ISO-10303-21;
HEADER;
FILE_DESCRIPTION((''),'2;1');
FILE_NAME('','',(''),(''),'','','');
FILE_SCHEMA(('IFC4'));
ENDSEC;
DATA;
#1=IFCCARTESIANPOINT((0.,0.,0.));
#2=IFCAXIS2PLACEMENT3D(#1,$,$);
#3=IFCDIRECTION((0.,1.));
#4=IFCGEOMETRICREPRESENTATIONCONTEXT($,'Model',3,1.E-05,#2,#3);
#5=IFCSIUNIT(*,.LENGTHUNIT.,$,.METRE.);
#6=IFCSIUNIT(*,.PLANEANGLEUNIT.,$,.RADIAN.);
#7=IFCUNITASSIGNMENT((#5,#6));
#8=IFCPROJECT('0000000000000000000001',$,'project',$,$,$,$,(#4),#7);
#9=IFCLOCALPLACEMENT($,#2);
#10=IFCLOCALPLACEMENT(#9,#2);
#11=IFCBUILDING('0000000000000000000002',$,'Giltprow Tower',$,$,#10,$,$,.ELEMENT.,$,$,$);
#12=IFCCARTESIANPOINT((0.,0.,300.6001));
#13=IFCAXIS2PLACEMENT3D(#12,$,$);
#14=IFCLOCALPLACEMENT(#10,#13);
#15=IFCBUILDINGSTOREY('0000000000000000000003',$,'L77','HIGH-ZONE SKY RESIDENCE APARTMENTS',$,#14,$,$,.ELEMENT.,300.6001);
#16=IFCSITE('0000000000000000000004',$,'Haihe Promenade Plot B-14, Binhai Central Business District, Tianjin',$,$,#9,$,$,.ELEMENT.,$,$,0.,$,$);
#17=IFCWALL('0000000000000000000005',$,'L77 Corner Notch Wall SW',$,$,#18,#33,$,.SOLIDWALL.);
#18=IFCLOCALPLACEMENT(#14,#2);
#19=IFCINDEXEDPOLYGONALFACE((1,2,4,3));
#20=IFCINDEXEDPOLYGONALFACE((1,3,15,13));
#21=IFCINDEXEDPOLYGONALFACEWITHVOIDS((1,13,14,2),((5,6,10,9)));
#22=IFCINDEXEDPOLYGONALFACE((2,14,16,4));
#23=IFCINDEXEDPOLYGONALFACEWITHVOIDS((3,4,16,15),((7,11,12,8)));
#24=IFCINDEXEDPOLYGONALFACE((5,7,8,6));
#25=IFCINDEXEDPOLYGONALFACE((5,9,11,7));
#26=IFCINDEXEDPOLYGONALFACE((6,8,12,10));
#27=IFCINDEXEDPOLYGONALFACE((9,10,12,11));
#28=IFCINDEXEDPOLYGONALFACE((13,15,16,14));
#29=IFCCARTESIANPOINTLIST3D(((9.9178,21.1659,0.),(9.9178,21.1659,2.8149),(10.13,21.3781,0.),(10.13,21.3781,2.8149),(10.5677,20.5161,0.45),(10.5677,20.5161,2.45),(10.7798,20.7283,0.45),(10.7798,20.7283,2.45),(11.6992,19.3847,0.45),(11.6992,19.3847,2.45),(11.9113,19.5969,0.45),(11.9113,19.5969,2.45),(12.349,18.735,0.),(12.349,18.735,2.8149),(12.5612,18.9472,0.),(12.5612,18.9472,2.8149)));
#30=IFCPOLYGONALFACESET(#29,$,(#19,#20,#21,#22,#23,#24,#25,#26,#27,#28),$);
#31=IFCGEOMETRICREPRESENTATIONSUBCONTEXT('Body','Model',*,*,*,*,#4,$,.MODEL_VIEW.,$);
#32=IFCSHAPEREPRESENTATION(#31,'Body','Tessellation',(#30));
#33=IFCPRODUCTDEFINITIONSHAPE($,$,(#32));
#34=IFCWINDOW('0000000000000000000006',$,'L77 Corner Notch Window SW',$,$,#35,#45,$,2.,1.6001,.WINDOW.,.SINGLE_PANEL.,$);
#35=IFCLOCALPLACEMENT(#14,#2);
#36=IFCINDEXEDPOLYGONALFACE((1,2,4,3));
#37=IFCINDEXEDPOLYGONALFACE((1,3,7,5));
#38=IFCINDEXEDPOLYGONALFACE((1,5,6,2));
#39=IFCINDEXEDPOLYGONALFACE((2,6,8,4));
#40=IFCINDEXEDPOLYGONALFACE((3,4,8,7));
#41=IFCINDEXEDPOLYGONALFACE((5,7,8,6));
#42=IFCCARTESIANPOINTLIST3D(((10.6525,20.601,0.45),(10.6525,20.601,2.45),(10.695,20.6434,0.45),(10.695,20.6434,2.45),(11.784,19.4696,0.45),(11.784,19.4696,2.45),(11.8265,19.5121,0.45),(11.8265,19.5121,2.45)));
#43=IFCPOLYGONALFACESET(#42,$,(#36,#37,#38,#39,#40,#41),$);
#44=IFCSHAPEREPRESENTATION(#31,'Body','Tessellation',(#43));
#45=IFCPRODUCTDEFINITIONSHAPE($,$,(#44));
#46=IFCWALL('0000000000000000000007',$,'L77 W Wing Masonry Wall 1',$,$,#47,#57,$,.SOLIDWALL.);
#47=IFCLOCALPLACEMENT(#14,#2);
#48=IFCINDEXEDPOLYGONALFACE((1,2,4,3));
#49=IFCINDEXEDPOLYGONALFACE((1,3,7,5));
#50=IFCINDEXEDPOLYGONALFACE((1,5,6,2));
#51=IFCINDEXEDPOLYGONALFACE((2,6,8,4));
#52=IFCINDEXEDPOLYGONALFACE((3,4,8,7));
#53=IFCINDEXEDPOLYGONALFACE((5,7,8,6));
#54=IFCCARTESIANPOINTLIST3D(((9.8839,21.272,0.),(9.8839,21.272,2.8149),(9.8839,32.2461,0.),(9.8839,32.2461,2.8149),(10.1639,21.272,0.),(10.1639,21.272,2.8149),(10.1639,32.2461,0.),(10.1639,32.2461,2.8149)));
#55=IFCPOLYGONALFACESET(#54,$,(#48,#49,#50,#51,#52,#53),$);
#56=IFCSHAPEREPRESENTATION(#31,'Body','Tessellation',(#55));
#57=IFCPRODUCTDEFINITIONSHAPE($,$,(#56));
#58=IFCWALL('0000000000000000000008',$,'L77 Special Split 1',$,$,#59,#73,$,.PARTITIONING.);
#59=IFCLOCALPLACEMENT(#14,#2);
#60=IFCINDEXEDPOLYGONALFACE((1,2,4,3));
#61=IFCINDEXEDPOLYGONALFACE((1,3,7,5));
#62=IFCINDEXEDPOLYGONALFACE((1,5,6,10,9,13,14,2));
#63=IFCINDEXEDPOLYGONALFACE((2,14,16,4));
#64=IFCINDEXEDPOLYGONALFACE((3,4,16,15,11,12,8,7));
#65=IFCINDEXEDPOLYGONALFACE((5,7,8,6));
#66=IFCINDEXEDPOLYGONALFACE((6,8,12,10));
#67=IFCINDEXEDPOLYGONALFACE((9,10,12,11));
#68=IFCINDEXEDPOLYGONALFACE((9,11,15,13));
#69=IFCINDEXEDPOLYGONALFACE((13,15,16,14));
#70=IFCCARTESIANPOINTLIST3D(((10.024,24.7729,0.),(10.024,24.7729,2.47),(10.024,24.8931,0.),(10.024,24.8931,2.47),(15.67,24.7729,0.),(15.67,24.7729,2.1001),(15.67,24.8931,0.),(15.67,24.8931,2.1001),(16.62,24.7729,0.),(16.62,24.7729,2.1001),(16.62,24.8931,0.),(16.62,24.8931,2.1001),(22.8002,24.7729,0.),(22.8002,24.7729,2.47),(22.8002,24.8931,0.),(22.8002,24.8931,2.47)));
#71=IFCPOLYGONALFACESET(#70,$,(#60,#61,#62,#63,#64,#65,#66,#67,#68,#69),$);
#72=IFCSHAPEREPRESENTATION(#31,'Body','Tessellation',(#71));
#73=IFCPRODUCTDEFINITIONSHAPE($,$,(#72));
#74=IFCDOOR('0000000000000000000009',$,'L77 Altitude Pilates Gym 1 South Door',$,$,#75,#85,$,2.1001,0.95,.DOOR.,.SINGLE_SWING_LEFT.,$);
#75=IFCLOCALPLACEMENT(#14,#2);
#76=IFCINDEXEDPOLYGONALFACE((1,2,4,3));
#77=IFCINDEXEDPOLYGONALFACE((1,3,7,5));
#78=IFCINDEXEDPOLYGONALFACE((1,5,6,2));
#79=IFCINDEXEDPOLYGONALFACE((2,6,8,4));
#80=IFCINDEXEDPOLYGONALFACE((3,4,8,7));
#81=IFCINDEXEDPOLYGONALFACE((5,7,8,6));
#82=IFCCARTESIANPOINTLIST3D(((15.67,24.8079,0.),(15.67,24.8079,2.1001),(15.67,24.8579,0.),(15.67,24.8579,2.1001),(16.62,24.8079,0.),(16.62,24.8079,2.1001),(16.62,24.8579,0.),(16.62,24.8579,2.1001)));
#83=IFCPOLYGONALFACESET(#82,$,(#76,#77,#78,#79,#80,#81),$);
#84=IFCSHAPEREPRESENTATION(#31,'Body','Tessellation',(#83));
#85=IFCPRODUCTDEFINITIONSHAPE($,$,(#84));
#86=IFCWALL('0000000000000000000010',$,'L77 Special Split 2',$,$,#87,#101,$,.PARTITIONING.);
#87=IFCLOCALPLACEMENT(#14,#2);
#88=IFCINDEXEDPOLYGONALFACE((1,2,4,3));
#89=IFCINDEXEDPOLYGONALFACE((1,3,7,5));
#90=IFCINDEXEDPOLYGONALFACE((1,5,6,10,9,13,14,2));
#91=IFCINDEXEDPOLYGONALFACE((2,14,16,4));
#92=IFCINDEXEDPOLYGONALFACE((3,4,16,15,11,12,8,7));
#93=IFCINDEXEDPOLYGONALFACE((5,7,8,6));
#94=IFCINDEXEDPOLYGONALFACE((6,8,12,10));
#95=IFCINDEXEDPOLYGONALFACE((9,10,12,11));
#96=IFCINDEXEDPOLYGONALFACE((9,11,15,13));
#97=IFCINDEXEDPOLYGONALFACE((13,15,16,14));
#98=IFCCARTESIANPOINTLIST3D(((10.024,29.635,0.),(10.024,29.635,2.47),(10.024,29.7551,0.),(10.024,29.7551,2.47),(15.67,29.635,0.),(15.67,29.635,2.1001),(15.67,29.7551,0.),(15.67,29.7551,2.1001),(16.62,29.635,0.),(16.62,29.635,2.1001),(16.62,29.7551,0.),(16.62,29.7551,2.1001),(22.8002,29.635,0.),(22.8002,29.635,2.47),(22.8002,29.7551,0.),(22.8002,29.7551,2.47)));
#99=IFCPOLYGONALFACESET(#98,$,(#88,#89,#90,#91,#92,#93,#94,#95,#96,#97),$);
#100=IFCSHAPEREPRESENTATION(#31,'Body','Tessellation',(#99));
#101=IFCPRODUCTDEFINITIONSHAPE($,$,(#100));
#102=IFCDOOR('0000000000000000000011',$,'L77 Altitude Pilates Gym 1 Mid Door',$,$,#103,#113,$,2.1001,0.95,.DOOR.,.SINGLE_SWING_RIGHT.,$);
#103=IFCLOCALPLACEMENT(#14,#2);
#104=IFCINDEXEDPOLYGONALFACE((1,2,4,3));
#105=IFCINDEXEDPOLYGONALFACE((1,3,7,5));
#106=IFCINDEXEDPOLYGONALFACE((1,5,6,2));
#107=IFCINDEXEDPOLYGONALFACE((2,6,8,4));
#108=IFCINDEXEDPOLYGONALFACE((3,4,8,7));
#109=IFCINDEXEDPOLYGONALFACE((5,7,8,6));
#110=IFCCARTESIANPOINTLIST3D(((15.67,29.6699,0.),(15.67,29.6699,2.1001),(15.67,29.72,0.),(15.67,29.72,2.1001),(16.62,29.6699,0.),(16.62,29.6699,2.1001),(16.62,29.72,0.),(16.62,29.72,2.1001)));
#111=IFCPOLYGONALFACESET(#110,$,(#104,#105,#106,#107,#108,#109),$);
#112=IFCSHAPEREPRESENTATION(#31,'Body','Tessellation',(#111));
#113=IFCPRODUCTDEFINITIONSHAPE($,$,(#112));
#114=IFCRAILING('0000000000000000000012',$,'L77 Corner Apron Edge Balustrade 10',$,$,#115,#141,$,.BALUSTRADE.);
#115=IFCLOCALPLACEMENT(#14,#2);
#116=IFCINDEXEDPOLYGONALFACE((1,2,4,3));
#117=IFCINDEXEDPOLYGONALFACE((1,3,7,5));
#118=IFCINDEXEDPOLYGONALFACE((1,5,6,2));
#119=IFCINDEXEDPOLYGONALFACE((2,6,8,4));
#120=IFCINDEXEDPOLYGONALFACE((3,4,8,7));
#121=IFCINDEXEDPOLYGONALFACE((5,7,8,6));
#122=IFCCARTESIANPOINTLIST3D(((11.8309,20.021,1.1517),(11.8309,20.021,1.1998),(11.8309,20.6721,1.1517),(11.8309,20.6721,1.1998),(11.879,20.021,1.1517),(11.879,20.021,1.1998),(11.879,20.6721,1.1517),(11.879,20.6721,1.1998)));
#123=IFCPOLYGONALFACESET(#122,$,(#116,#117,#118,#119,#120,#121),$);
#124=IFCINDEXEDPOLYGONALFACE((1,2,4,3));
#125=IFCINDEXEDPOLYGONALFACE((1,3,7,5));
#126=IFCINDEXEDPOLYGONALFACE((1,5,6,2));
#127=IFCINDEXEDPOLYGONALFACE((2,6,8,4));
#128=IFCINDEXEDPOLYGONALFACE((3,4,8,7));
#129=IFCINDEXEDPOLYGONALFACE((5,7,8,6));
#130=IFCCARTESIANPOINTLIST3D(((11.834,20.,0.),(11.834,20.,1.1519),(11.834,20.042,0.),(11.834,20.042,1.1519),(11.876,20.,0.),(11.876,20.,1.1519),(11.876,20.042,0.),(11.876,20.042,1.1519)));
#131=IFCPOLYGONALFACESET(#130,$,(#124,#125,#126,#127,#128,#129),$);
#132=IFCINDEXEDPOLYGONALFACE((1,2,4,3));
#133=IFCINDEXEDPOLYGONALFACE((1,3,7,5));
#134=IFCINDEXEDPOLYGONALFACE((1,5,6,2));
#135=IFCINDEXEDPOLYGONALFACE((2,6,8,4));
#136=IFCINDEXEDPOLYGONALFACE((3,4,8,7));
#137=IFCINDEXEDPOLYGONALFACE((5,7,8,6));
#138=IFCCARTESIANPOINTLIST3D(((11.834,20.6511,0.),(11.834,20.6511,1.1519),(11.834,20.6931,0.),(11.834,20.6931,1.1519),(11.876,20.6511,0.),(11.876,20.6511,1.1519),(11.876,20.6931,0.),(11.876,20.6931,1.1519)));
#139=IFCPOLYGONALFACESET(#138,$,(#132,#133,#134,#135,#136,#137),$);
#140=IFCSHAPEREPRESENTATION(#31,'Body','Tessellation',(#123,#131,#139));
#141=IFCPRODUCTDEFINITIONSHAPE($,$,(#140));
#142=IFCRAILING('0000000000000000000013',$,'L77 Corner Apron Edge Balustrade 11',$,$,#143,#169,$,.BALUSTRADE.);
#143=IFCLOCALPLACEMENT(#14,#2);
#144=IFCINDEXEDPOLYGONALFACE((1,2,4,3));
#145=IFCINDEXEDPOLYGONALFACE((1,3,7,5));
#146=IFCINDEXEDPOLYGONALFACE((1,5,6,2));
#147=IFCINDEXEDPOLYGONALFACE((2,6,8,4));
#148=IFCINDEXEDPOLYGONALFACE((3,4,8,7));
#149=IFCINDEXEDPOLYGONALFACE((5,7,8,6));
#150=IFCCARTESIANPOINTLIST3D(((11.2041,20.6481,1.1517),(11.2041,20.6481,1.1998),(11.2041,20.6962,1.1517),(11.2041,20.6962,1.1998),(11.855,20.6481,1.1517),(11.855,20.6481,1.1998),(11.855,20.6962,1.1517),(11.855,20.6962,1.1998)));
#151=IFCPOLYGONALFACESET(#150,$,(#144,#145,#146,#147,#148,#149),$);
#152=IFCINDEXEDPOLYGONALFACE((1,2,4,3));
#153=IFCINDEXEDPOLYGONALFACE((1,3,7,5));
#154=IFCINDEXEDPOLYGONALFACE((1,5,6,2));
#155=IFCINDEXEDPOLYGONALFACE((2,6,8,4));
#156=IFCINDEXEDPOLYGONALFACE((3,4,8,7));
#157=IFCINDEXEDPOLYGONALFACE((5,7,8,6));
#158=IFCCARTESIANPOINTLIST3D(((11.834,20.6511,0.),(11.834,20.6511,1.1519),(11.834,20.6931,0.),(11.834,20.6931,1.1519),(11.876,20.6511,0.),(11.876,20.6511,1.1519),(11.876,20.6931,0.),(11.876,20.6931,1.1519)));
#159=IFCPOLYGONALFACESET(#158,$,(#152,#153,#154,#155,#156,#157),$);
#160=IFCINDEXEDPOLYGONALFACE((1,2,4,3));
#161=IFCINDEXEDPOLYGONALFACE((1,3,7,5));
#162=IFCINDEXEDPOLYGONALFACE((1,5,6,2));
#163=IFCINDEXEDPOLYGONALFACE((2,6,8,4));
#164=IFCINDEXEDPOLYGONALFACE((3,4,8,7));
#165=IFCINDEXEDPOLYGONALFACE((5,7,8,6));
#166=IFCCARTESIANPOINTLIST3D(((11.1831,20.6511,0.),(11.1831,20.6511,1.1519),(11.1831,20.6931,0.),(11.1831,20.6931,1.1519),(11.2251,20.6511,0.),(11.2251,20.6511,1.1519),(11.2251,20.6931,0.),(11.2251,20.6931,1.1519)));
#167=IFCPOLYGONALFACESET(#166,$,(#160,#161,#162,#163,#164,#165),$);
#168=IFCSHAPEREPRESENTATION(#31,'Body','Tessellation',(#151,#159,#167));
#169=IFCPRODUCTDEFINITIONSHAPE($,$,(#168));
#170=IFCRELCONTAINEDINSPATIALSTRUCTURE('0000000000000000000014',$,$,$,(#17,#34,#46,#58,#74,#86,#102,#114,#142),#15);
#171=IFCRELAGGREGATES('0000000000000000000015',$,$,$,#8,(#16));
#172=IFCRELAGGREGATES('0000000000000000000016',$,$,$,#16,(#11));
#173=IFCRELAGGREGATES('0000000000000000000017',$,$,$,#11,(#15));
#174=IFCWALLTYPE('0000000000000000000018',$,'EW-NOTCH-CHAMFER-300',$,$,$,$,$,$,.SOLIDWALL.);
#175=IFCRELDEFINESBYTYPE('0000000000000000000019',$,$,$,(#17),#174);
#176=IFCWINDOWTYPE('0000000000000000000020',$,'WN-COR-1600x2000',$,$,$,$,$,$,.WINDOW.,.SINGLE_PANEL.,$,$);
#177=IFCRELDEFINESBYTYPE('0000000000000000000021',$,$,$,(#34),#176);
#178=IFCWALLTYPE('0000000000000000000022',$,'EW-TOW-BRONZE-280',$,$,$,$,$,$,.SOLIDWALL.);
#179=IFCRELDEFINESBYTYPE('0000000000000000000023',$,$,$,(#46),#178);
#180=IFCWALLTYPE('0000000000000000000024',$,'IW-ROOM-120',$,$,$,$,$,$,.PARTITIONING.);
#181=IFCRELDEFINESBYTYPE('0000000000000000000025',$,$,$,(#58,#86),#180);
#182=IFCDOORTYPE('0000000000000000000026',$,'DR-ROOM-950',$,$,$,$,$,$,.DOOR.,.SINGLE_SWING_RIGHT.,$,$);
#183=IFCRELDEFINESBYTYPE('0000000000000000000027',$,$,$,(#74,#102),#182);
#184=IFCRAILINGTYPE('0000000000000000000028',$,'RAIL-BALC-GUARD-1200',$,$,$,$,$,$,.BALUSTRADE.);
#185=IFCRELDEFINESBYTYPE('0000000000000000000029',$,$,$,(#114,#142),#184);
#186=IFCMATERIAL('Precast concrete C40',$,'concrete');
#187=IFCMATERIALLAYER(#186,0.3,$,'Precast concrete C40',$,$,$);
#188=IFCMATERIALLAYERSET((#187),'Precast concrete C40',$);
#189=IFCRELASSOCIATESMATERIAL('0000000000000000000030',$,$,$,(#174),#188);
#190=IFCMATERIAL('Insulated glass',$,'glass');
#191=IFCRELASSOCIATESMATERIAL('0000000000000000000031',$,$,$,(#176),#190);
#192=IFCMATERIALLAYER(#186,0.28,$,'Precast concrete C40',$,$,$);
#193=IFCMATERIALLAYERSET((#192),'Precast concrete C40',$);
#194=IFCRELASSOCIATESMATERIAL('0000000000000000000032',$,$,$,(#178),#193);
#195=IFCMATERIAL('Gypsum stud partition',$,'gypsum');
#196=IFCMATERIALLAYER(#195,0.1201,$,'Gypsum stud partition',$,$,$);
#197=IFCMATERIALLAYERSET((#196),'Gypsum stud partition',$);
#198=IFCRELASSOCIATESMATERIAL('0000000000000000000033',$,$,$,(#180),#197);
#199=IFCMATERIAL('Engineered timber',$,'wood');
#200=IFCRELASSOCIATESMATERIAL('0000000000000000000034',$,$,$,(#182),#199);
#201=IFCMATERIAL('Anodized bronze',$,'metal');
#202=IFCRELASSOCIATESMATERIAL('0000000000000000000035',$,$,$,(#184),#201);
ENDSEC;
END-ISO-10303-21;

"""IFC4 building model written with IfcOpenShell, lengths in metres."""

from ifc_helpers import new_model, si_unit, direction, frame, frame_2d, origin, origin_2d, place, context, subcontext, project, spatial, rectangle, extrude, source, transform, mapped, material, layer, layer_set, type_object, element, fill, save


model = new_model("IFC4")

# Units and contexts
model_context = context("Model", 3, precision=1e-05, world=origin(), true_north=direction((0.0, 1.0)))
body_context = subcontext(model_context, "Body", "Model", "MODEL_VIEW")
ifc_project = project(units=[si_unit("LENGTHUNIT", "METRE"), si_unit("PLANEANGLEUNIT", "RADIAN")], contexts=[model_context])

# Site, building, storey
site_placement = place(None, origin())
site = spatial("IfcSite", under=ifc_project, at=site_placement, Name="Haihe Promenade Plot B-14, Binhai Central Business District, Tianjin", CompositionType="ELEMENT", RefElevation=0.0)
building_placement = place(site_placement, origin())
building = spatial("IfcBuilding", under=site, at=building_placement, Name="Giltprow Tower", CompositionType="ELEMENT")
storey_placement = place(building_placement, frame((0.0, 0.0, 300.6001)))
storey = spatial("IfcBuildingStorey", under=building, at=storey_placement, Name="L77", Description="HIGH-ZONE SKY RESIDENCE APARTMENTS", CompositionType="ELEMENT", Elevation=300.6001)

# Shared definitions
ifc_material_1 = material(Name="Anodized bronze", Category="metal")

# Wall, opening, window
ifc_material_2 = material(Name="Precast concrete C40", Category="concrete")
ifc_layer_1 = layer(ifc_material_2, 0.3, Name="Precast concrete C40")
ifc_layer_set_1 = layer_set([ifc_layer_1], Name="Precast concrete C40")
wall_type_1 = type_object("IfcWallType", Name="EW-NOTCH-CHAMFER-300", PredefinedType="SOLIDWALL", material=ifc_layer_set_1)
wall_1_placement = place(storey_placement, frame((10.0239, 21.272, 0.0), z_axis=(0.0, 0.0, 1.0), x_axis=(0.707142, -0.707071, 0.0)))
wall_1 = element("IfcWall", 1, at=wall_1_placement, inside=storey, type_object=wall_type_1, Name="L77 Corner Notch Wall SW", PredefinedType="SOLIDWALL", context=body_context, shape_type="SweptSolid", body=[
    extrude(rectangle(XDim=3.438, YDim=0.3, at=frame_2d((1.719, 0.0))), origin(), (0.0, 0.0, 1.0), 2.8149),
])
opening_1_placement = place(wall_1_placement, frame((0.9189, 0.0, 0.45)))
opening_1 = element("IfcOpeningElement", 2, at=opening_1_placement, cuts=wall_1, PredefinedType="OPENING", context=body_context, shape_type="SweptSolid", body=[
    extrude(rectangle(XDim=1.6001, YDim=2.0, at=frame_2d((0.8, 1.0))), frame((0.0, 0.1599, 0.0), z_axis=(0.0, -1.0, 0.0), x_axis=(1.0, 0.0, 0.0)), (0.0, 0.0, 1.0), 0.3201),
])
ifc_material_3 = material(Name="Insulated glass", Category="glass")
window_type = type_object("IfcWindowType", Name="WN-COR-1600x2000", PartitioningType="SINGLE_PANEL", PredefinedType="WINDOW", material=ifc_material_3)
shared_shape_1 = source(origin(), body_context, "Body", "SweptSolid", [
    extrude(rectangle(XDim=1.6001, YDim=2.0, at=frame_2d((0.8, 1.0))), frame((0.0, 0.03, 0.0), z_axis=(0.0, -1.0, 0.0), x_axis=(1.0, 0.0, 0.0)), (0.0, 0.0, 1.0), 0.0601),
])
window_placement = place(opening_1_placement, origin())
window = element("IfcWindow", 3, at=window_placement, inside=storey, type_object=window_type, Name="L77 Corner Notch Window SW", OverallHeight=2.0, OverallWidth=1.6001, PartitioningType="SINGLE_PANEL", PredefinedType="WINDOW", context=body_context, shape_type="MappedRepresentation", body=[
    mapped(shared_shape_1, transform((0.0, 0.0, 0.0), x_axis=(1.0, 0.0, 0.0), y_axis=(0.0, 1.0, 0.0), z_axis=(0.0, 0.0, 1.0), scale=1.0)),
])
fill(opening_1, window)

# Wall
ifc_layer_2 = layer(ifc_material_2, 0.28, Name="Precast concrete C40")
ifc_layer_set_2 = layer_set([ifc_layer_2], Name="Precast concrete C40")
wall_type_2 = type_object("IfcWallType", Name="EW-TOW-BRONZE-280", PredefinedType="SOLIDWALL", material=ifc_layer_set_2)
wall_2_placement = place(storey_placement, frame((10.0239, 21.272, 0.0), z_axis=(0.0, 0.0, 1.0), x_axis=(0.0, 1.0, 0.0)))
element("IfcWall", 4, at=wall_2_placement, inside=storey, type_object=wall_type_2, Name="L77 W Wing Masonry Wall 1", PredefinedType="SOLIDWALL", context=body_context, shape_type="SweptSolid", body=[
    extrude(rectangle(XDim=10.9741, YDim=0.28, at=frame_2d((5.4871, 0.0))), origin(), (0.0, 0.0, 1.0), 2.8149),
])

# Walls, openings, doors
ifc_material_4 = material(Name="Gypsum stud partition", Category="gypsum")
ifc_layer_3 = layer(ifc_material_4, 0.1201, Name="Gypsum stud partition")
ifc_layer_set_3 = layer_set([ifc_layer_3], Name="Gypsum stud partition")
wall_type_3 = type_object("IfcWallType", Name="IW-ROOM-120", PredefinedType="PARTITIONING", material=ifc_layer_set_3)
wall_3_placement = place(storey_placement, frame((10.0239, 24.833, 0.0), z_axis=(0.0, 0.0, 1.0), x_axis=(1.0, 0.0, 0.0)))
wall_3 = element("IfcWall", 5, at=wall_3_placement, inside=storey, type_object=wall_type_3, Name="L77 Special Split 1", PredefinedType="PARTITIONING", context=body_context, shape_type="SweptSolid", body=[
    extrude(rectangle(XDim=12.7761, YDim=0.1201, at=frame_2d((6.3882, 0.0))), origin(), (0.0, 0.0, 1.0), 2.47),
])
opening_2_placement = place(wall_3_placement, frame((5.646, 0.0, 0.0)))
opening_2 = element("IfcOpeningElement", 6, at=opening_2_placement, cuts=wall_3, PredefinedType="OPENING", context=body_context, shape_type="SweptSolid", body=[
    extrude(rectangle(XDim=0.95, YDim=2.1001, at=frame_2d((0.4751, 1.05))), frame((0.0, 0.0701, 0.0), z_axis=(0.0, -1.0, 0.0), x_axis=(1.0, 0.0, 0.0)), (0.0, 0.0, 1.0), 0.1401),
])
ifc_material_5 = material(Name="Engineered timber", Category="wood")
door_type = type_object("IfcDoorType", Name="DR-ROOM-950", OperationType="SINGLE_SWING_RIGHT", PredefinedType="DOOR", material=ifc_material_5)
shared_shape_2 = source(origin(), body_context, "Body", "SweptSolid", [
    extrude(rectangle(XDim=0.95, YDim=2.1001, at=frame_2d((0.4751, 1.05))), frame((0.0, 0.0249, 0.0), z_axis=(0.0, -1.0, 0.0), x_axis=(1.0, 0.0, 0.0)), (0.0, 0.0, 1.0), 0.05),
])
door_1_placement = place(opening_2_placement, origin())
door_1 = element("IfcDoor", 7, at=door_1_placement, inside=storey, type_object=door_type, Name="L77 Altitude Pilates Gym 1 South Door", OperationType="SINGLE_SWING_LEFT", OverallHeight=2.1001, OverallWidth=0.95, PredefinedType="DOOR", context=body_context, shape_type="MappedRepresentation", body=[
    mapped(shared_shape_2, transform((0.0, 0.0, 0.0), x_axis=(1.0, 0.0, 0.0), y_axis=(0.0, 1.0, 0.0), z_axis=(0.0, 0.0, 1.0), scale=1.0)),
])
fill(opening_2, door_1)
wall_4_placement = place(storey_placement, frame((10.0239, 29.6951, 0.0), z_axis=(0.0, 0.0, 1.0), x_axis=(1.0, 0.0, 0.0)))
wall_4 = element("IfcWall", 8, at=wall_4_placement, inside=storey, type_object=wall_type_3, Name="L77 Special Split 2", PredefinedType="PARTITIONING", context=body_context, shape_type="SweptSolid", body=[
    extrude(rectangle(XDim=12.7761, YDim=0.1201, at=frame_2d((6.3882, 0.0))), origin(), (0.0, 0.0, 1.0), 2.47),
])
opening_3_placement = place(wall_4_placement, frame((5.646, 0.0, 0.0)))
opening_3 = element("IfcOpeningElement", 9, at=opening_3_placement, cuts=wall_4, PredefinedType="OPENING", context=body_context, shape_type="SweptSolid", body=[
    extrude(rectangle(XDim=0.95, YDim=2.1001, at=frame_2d((0.4751, 1.05))), frame((0.0, 0.0701, 0.0), z_axis=(0.0, -1.0, 0.0), x_axis=(1.0, 0.0, 0.0)), (0.0, 0.0, 1.0), 0.1401),
])
door_2_placement = place(opening_3_placement, origin())
door_2 = element("IfcDoor", 10, at=door_2_placement, inside=storey, type_object=door_type, Name="L77 Altitude Pilates Gym 1 Mid Door", OperationType="SINGLE_SWING_RIGHT", OverallHeight=2.1001, OverallWidth=0.95, PredefinedType="DOOR", context=body_context, shape_type="MappedRepresentation", body=[
    mapped(shared_shape_2, transform((0.0, 0.0, 0.0), x_axis=(1.0, 0.0, 0.0), y_axis=(0.0, 1.0, 0.0), z_axis=(0.0, 0.0, 1.0), scale=1.0)),
])
fill(opening_3, door_2)

# Railings
railing_type = type_object("IfcRailingType", Name="RAIL-BALC-GUARD-1200", PredefinedType="BALUSTRADE", material=ifc_material_1)
railing_1_placement = place(storey_placement, frame((11.855, 20.021, 0.0)))
element("IfcRailing", 11, at=railing_1_placement, inside=storey, type_object=railing_type, Name="L77 Corner Apron Edge Balustrade 10", PredefinedType="BALUSTRADE", context=body_context, shape_type="SweptSolid", body=[
    extrude(rectangle(XDim=0.0481, YDim=0.0481, at=origin_2d()), frame((0.0, 0.0, 1.1758), z_axis=(0.0, 1.0, 0.0), x_axis=(-1.0, 0.0, 0.0)), (0.0, 0.0, 1.0), 0.6511),
    extrude(rectangle(XDim=0.042, YDim=0.042, at=origin_2d()), origin(), (0.0, 0.0, 1.0), 1.1519),
    extrude(rectangle(XDim=0.042, YDim=0.042, at=origin_2d()), frame((0.0, 0.6511, 0.0)), (0.0, 0.0, 1.0), 1.1519),
])
railing_2_placement = place(storey_placement, frame((11.855, 20.6721, 0.0)))
element("IfcRailing", 12, at=railing_2_placement, inside=storey, type_object=railing_type, Name="L77 Corner Apron Edge Balustrade 11", PredefinedType="BALUSTRADE", context=body_context, shape_type="SweptSolid", body=[
    extrude(rectangle(XDim=0.0481, YDim=0.0481, at=origin_2d()), frame((0.0, 0.0, 1.1758), z_axis=(-1.0, 0.0, 0.0), x_axis=(0.0, -1.0, 0.0)), (0.0, 0.0, 1.0), 0.6509),
    extrude(rectangle(XDim=0.042, YDim=0.042, at=origin_2d()), origin(), (0.0, 0.0, 1.0), 1.1519),
    extrude(rectangle(XDim=0.042, YDim=0.042, at=origin_2d()), frame((-0.6509, 0.0, 0.0)), (0.0, 0.0, 1.0), 1.1519),
])

save(model, "model.ifc")
